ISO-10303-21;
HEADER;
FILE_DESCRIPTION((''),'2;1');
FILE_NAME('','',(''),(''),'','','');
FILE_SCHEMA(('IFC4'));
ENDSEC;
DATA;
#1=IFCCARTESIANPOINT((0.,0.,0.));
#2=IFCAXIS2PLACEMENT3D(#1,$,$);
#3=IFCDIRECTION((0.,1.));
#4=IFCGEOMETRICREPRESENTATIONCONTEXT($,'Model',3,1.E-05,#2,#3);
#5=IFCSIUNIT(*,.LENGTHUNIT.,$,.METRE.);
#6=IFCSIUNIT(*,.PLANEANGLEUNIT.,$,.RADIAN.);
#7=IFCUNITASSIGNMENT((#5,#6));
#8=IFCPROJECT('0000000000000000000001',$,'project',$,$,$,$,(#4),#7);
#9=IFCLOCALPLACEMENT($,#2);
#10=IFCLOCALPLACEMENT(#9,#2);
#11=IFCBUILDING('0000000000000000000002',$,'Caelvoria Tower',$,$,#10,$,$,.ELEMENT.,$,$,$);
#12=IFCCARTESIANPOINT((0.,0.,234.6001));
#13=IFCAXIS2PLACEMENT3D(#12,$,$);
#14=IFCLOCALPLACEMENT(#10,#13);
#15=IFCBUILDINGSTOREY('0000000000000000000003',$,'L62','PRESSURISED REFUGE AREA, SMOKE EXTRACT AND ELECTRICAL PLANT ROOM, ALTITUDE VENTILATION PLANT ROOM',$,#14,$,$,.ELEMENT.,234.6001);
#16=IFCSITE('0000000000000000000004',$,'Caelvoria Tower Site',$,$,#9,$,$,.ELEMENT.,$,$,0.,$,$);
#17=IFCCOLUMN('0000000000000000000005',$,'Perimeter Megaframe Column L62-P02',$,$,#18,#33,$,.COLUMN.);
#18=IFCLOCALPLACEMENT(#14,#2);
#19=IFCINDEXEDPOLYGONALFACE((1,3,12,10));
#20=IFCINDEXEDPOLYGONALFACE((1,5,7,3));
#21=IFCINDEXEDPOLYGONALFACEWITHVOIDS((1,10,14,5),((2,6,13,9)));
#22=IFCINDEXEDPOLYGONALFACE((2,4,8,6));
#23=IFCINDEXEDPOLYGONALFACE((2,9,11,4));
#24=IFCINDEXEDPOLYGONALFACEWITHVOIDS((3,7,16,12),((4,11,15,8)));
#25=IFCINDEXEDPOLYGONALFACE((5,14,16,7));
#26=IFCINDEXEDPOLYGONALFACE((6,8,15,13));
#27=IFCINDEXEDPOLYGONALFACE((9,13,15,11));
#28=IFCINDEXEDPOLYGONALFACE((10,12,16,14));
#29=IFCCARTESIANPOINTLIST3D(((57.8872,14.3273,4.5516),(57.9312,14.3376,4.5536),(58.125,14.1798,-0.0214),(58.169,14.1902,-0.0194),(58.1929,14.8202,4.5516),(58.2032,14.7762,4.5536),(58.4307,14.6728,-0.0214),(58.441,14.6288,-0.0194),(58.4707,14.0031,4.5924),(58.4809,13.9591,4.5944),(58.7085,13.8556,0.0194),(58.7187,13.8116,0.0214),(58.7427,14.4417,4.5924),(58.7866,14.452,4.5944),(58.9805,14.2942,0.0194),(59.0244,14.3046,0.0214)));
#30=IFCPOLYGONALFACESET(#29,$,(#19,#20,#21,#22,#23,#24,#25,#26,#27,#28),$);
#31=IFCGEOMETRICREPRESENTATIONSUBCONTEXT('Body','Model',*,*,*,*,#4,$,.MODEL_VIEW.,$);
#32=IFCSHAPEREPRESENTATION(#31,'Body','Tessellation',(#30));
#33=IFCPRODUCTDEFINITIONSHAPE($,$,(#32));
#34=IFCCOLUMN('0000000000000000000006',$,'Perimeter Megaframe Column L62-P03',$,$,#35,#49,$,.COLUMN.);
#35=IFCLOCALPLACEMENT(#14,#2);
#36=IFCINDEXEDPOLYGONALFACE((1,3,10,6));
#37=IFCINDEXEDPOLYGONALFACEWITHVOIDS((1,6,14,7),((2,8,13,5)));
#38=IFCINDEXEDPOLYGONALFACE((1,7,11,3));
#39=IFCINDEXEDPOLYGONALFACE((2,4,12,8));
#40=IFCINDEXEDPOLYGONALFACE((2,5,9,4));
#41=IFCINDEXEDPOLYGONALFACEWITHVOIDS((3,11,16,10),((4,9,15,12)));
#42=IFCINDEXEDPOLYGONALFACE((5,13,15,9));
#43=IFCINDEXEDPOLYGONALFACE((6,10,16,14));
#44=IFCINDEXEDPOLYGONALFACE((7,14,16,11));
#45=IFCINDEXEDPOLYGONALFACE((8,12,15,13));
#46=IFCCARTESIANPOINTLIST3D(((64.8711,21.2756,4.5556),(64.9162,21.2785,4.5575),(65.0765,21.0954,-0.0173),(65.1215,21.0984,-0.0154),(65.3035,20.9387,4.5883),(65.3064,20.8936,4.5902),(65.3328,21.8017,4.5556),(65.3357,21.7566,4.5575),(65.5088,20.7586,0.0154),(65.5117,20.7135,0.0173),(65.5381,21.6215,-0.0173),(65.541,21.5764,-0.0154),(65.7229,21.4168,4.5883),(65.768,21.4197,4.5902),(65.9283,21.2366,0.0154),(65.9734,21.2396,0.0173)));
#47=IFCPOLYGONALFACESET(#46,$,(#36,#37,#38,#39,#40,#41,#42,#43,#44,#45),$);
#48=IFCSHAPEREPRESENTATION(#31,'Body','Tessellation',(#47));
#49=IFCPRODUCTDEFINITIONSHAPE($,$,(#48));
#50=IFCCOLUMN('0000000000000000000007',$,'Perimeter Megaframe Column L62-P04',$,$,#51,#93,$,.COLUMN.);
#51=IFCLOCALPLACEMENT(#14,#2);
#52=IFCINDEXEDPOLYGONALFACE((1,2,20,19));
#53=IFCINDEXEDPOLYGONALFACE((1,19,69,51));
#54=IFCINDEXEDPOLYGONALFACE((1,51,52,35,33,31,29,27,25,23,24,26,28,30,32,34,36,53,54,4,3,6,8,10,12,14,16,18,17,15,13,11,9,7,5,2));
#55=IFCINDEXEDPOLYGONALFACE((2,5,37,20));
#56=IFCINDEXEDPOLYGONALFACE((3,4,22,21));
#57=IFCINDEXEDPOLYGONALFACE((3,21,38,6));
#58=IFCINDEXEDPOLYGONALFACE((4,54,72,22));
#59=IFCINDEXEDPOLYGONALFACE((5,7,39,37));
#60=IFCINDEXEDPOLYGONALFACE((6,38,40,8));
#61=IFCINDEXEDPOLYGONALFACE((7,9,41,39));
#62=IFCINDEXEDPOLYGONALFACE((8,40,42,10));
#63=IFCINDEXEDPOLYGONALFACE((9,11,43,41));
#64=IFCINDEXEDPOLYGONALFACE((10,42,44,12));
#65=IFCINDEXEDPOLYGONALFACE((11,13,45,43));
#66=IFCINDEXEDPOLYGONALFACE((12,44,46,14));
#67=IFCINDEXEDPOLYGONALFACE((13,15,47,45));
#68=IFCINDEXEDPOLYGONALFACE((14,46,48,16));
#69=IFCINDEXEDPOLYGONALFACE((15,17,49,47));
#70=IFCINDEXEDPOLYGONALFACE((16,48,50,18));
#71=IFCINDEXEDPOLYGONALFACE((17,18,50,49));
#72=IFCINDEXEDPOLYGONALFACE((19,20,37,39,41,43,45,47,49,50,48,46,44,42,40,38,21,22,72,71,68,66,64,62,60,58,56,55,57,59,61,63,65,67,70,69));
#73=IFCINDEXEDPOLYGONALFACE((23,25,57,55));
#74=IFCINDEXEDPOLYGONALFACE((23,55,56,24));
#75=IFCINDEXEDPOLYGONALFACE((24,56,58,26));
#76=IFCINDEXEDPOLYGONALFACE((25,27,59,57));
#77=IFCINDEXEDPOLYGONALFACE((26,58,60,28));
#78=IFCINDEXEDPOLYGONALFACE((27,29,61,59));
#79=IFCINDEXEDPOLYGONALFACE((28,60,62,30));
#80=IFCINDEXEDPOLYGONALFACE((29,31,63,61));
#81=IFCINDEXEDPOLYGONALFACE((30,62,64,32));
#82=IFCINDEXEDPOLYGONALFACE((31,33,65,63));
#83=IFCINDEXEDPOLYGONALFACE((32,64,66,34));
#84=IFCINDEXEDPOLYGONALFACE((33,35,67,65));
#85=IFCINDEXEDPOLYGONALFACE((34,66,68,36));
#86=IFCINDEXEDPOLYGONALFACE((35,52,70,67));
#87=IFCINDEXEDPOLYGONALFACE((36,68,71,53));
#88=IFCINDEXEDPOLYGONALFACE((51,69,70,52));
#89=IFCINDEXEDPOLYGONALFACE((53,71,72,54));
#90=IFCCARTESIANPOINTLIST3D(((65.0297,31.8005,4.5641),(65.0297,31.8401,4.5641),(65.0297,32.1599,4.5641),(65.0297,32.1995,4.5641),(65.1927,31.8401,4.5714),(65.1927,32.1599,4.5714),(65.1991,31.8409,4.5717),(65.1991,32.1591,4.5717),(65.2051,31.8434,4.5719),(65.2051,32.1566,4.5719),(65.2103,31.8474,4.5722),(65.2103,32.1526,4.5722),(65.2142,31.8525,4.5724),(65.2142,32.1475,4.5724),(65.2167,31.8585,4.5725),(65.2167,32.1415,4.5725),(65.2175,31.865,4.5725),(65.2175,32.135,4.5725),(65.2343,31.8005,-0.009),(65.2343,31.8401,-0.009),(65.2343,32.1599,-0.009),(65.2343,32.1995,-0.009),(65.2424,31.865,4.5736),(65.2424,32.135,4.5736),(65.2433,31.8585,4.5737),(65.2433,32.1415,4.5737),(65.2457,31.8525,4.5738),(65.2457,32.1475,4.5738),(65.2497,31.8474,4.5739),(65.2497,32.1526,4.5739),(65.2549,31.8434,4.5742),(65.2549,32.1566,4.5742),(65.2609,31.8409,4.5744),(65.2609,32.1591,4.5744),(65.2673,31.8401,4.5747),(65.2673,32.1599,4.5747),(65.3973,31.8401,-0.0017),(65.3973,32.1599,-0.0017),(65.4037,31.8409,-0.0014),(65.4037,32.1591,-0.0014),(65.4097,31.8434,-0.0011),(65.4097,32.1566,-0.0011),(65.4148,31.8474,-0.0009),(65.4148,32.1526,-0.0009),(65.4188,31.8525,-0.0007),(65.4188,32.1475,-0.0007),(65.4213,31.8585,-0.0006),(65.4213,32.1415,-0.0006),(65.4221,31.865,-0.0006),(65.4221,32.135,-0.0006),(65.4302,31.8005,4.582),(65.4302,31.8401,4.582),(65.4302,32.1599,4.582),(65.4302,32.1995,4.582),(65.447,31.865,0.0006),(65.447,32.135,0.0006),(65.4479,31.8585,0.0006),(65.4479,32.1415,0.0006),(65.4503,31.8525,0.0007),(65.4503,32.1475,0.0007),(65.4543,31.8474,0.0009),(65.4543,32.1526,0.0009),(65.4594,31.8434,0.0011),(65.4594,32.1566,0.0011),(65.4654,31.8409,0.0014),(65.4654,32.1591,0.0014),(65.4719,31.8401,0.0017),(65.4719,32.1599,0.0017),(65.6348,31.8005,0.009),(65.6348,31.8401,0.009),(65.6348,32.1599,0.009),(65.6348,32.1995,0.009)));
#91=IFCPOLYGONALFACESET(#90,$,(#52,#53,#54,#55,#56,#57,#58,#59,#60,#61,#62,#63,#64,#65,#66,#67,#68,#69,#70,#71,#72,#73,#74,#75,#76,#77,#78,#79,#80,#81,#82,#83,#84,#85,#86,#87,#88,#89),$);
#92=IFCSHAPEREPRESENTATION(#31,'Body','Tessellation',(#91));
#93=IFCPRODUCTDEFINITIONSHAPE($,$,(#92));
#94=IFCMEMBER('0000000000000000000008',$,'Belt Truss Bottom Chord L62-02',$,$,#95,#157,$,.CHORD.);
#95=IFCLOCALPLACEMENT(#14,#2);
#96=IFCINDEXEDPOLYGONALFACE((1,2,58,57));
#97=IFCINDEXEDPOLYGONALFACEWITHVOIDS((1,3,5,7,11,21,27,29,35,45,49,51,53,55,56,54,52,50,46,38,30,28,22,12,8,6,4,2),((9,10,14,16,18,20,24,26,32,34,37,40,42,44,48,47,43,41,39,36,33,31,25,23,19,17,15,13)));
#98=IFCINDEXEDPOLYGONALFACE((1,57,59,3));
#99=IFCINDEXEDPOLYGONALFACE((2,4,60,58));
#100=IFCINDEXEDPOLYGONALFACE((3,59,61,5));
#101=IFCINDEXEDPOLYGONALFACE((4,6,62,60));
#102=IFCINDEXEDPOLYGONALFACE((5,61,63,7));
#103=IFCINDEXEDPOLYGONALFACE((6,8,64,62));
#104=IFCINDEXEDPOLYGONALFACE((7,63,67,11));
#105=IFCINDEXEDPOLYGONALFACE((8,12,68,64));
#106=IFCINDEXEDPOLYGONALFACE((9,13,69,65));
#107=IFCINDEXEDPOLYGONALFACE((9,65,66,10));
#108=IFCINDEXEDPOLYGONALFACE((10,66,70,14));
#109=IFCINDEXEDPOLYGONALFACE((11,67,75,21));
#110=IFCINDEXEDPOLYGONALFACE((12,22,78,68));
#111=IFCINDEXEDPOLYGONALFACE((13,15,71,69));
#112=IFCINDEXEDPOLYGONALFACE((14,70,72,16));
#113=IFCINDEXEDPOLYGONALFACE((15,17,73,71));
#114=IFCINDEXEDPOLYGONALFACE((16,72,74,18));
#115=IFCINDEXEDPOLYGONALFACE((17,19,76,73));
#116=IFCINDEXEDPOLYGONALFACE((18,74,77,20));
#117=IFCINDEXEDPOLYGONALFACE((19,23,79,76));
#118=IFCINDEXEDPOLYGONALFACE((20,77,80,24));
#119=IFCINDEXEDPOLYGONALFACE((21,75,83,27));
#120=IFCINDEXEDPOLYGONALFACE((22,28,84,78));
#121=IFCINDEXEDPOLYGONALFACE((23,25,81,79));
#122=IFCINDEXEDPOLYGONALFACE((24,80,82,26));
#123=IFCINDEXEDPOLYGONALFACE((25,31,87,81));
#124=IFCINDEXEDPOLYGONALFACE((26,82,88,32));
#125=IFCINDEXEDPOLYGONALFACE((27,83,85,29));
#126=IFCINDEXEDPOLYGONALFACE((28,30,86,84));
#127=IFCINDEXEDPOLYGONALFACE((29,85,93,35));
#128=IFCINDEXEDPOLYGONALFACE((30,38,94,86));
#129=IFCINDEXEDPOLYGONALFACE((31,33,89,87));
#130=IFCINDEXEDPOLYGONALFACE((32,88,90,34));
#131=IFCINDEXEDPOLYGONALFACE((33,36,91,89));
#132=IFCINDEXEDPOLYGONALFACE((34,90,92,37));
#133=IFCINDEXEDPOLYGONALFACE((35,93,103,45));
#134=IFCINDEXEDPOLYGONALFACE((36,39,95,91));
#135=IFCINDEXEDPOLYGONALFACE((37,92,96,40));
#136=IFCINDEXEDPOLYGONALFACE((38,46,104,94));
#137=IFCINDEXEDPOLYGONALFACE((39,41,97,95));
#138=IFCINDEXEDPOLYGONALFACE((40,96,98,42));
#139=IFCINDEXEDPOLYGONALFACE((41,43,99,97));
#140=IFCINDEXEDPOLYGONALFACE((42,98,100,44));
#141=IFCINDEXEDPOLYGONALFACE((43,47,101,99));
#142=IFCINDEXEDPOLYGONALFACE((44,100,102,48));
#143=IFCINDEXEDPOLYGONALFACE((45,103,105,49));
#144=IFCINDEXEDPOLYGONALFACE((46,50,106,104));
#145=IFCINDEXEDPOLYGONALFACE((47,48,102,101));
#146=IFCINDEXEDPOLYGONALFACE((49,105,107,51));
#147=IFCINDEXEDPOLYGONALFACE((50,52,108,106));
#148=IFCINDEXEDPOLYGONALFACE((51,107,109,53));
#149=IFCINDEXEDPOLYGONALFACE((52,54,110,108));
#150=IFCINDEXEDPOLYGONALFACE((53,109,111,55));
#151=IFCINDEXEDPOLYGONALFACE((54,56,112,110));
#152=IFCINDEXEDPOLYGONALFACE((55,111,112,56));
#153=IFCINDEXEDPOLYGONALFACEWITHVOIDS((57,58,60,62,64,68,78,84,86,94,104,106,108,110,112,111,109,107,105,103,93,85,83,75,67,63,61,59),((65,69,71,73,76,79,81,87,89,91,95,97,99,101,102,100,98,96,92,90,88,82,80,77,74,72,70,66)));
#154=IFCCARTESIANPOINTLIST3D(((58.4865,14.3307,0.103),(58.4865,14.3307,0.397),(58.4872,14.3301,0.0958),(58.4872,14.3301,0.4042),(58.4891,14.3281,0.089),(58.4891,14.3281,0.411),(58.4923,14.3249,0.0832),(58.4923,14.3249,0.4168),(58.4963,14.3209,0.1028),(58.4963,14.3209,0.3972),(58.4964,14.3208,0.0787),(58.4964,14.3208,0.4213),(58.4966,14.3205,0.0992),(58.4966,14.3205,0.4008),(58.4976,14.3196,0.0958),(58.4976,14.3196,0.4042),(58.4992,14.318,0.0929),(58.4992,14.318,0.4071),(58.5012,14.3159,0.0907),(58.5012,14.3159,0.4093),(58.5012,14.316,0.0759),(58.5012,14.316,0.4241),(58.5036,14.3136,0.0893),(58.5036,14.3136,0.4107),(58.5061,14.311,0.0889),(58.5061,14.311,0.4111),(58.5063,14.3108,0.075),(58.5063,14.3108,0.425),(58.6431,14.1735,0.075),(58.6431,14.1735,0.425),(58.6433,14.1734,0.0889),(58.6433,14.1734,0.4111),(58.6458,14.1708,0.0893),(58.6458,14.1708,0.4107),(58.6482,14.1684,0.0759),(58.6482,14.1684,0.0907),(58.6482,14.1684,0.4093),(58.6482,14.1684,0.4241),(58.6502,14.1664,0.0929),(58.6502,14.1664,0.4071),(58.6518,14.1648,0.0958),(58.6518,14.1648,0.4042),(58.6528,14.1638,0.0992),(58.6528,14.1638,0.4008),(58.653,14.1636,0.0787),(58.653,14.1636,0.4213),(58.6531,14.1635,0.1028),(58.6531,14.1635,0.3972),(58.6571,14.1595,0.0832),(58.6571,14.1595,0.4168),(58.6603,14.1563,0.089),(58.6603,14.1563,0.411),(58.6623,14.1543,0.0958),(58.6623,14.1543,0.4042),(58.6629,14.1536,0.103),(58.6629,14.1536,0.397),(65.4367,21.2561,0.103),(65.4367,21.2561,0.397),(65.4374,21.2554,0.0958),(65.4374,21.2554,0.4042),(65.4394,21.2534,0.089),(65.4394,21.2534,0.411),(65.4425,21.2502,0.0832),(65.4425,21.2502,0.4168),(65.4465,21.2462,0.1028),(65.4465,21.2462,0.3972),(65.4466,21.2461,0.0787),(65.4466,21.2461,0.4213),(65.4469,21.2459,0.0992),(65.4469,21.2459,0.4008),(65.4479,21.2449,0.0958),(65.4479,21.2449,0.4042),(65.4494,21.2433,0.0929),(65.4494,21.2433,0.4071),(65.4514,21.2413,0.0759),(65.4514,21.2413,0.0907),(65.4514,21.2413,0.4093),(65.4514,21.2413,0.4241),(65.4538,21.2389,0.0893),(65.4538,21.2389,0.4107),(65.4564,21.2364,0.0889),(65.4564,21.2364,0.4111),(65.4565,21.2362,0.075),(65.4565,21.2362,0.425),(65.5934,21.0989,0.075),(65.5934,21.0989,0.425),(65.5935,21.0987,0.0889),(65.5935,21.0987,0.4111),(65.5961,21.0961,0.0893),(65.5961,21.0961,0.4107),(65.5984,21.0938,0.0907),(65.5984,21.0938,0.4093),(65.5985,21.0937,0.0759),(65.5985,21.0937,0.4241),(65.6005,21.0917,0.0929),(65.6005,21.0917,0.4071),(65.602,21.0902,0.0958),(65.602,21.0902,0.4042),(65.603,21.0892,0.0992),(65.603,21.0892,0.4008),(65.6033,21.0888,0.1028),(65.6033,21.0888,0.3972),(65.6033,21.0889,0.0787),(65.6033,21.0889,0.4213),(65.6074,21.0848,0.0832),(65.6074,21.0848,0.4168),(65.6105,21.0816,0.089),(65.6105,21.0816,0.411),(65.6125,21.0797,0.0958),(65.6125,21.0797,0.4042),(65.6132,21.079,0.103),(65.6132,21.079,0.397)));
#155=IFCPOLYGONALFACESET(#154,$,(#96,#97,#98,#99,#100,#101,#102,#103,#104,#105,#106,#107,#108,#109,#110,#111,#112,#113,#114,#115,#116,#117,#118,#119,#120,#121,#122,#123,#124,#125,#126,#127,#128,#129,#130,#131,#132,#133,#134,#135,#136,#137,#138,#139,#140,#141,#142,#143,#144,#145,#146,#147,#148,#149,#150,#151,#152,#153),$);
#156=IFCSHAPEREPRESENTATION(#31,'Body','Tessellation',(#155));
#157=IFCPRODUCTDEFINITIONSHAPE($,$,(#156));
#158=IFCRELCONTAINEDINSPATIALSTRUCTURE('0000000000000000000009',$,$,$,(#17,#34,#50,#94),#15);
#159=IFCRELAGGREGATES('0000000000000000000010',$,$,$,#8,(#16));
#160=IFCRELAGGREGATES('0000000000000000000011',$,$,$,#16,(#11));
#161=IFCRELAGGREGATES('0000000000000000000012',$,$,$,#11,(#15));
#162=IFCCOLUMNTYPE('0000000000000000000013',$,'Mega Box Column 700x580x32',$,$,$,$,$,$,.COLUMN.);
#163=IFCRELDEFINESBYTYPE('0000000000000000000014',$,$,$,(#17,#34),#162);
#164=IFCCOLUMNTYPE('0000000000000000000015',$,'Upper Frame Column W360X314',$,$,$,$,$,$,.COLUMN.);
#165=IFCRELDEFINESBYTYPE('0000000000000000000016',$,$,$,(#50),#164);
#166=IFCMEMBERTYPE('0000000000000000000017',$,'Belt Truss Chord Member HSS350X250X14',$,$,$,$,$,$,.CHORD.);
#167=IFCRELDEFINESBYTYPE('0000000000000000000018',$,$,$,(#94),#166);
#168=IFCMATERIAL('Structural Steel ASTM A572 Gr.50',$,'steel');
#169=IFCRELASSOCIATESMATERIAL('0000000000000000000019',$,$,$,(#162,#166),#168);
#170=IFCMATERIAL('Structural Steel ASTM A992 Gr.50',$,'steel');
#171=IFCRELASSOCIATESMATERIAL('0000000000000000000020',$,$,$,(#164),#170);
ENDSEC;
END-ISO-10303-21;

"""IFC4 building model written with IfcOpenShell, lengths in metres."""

from ifc_helpers import new_model, si_unit, direction, frame, origin, origin_2d, place, context, subcontext, project, spatial, hollow_rectangle, i_section, extrude, material, material_profile, profile_set, type_object, element, save


model = new_model("IFC4")

# Units and contexts
model_context = context("Model", 3, precision=1e-05, world=origin(), true_north=direction((0.0, 1.0)))
body_context = subcontext(model_context, "Body", "Model", "MODEL_VIEW")
ifc_project = project(units=[si_unit("LENGTHUNIT", "METRE"), si_unit("PLANEANGLEUNIT", "RADIAN")], contexts=[model_context])

# Site, building, storey
site_placement = place(None, origin())
site = spatial("IfcSite", under=ifc_project, at=site_placement, Name="Caelvoria Tower Site", CompositionType="ELEMENT", RefElevation=0.0)
building_placement = place(site_placement, origin())
building = spatial("IfcBuilding", under=site, at=building_placement, Name="Caelvoria Tower", CompositionType="ELEMENT")
storey_placement = place(building_placement, frame((0.0, 0.0, 234.6001)))
storey = spatial("IfcBuildingStorey", under=building, at=storey_placement, Name="L62", Description="PRESSURISED REFUGE AREA, SMOKE EXTRACT AND ELECTRICAL PLANT ROOM, ALTITUDE VENTILATION PLANT ROOM", CompositionType="ELEMENT", Elevation=234.6001)

# Columns
ifc_material_1 = material(Name="Structural Steel ASTM A572 Gr.50", Category="steel")
ifc_material_profile_1 = material_profile(ifc_material_1, hollow_rectangle(XDim=0.5801, YDim=0.7, WallThickness=0.032, at=origin_2d()), Name="Structural Steel ASTM A572 Gr.50")
ifc_profile_set_1 = profile_set([ifc_material_profile_1], Name="BOX700X580X32 - Structural Steel ASTM A572 Gr.50")
column_type_1 = type_object("IfcColumnType", Name="Mega Box Column 700x580x32", PredefinedType="COLUMN", material=ifc_profile_set_1)
column_1_placement = place(storey_placement, frame((58.5747, 14.2422, 0.0), z_axis=(-0.051902, 0.032186, 0.998133), x_axis=(-0.527015, -0.849856, 0.0)))
element("IfcColumn", 1, at=column_1_placement, inside=storey, type_object=column_type_1, Name="Perimeter Megaframe Column L62-P02", PredefinedType="COLUMN", context=body_context, shape_type="SweptSolid", body=[
    extrude(hollow_rectangle(XDim=0.5801, YDim=0.7, WallThickness=0.032, at=origin_2d()), origin(), (0.0, 0.0, 1.0), 4.5815),
])
column_2_placement = place(storey_placement, frame((65.5249, 21.1675, 0.0), z_axis=(-0.044819, 0.03933, 0.998221), x_axis=(0.750297, -0.658406, 0.059629)))
element("IfcColumn", 2, at=column_2_placement, inside=storey, type_object=column_type_1, Name="Perimeter Megaframe Column L62-P03", PredefinedType="COLUMN", context=body_context, shape_type="SweptSolid", body=[
    extrude(hollow_rectangle(XDim=0.5801, YDim=0.7, WallThickness=0.032, at=origin_2d()), origin(), (0.0, 0.0, 1.0), 4.5811),
])
ifc_material_2 = material(Name="Structural Steel ASTM A992 Gr.50", Category="steel")
ifc_material_profile_2 = material_profile(ifc_material_2, i_section(OverallWidth=0.4009, OverallDepth=0.3989, WebThickness=0.0249, FlangeThickness=0.0396, FilletRadius=0.0249, at=origin_2d()), Name="Structural Steel ASTM A992 Gr.50")
ifc_profile_set_2 = profile_set([ifc_material_profile_2], Name="W360X314 - Structural Steel ASTM A992 Gr.50")
column_type_2 = type_object("IfcColumnType", Name="Upper Frame Column W360X314", PredefinedType="COLUMN", material=ifc_profile_set_2)
column_3_placement = place(storey_placement, frame((65.4346, 32.0, 0.0), z_axis=(-0.044694, 0.0, 0.999001), x_axis=(0.999001, 0.0, 0.044694)))
element("IfcColumn", 3, at=column_3_placement, inside=storey, type_object=column_type_2, Name="Perimeter Megaframe Column L62-P04", PredefinedType="COLUMN", context=body_context, shape_type="SweptSolid", body=[
    extrude(i_section(OverallWidth=0.4009, OverallDepth=0.3989, WebThickness=0.0249, FlangeThickness=0.0396, FilletRadius=0.0249, at=origin_2d()), origin(), (0.0, 0.0, 1.0), 4.5776),
])

# Member
ifc_material_profile_3 = material_profile(ifc_material_1, hollow_rectangle(XDim=0.25, YDim=0.3501, WallThickness=0.0139, InnerFilletRadius=0.0139, OuterFilletRadius=0.0281, at=origin_2d()), Name="Structural Steel ASTM A572 Gr.50")
ifc_profile_set_3 = profile_set([ifc_material_profile_3], Name="HSS350X250X14 - Structural Steel ASTM A572 Gr.50")
member_type_1 = type_object("IfcMemberType", Name="Belt Truss Chord Member HSS350X250X14", PredefinedType="CHORD", material=ifc_profile_set_3)
member_1_placement = place(storey_placement, frame((58.5747, 14.2422, 0.25), z_axis=(0.708375, 0.705837, 0.0), x_axis=(-0.705837, 0.708375, 0.0)))
element("IfcMember", 4, at=member_1_placement, inside=storey, type_object=member_type_1, Name="Belt Truss Bottom Chord L62-02", PredefinedType="CHORD", context=body_context, shape_type="SweptSolid", body=[
    extrude(hollow_rectangle(XDim=0.25, YDim=0.3501, WallThickness=0.0139, InnerFilletRadius=0.0139, OuterFilletRadius=0.0281, at=origin_2d()), origin(), (0.0, 0.0, 1.0), 9.8115),
])

save(model, "model.ifc")
